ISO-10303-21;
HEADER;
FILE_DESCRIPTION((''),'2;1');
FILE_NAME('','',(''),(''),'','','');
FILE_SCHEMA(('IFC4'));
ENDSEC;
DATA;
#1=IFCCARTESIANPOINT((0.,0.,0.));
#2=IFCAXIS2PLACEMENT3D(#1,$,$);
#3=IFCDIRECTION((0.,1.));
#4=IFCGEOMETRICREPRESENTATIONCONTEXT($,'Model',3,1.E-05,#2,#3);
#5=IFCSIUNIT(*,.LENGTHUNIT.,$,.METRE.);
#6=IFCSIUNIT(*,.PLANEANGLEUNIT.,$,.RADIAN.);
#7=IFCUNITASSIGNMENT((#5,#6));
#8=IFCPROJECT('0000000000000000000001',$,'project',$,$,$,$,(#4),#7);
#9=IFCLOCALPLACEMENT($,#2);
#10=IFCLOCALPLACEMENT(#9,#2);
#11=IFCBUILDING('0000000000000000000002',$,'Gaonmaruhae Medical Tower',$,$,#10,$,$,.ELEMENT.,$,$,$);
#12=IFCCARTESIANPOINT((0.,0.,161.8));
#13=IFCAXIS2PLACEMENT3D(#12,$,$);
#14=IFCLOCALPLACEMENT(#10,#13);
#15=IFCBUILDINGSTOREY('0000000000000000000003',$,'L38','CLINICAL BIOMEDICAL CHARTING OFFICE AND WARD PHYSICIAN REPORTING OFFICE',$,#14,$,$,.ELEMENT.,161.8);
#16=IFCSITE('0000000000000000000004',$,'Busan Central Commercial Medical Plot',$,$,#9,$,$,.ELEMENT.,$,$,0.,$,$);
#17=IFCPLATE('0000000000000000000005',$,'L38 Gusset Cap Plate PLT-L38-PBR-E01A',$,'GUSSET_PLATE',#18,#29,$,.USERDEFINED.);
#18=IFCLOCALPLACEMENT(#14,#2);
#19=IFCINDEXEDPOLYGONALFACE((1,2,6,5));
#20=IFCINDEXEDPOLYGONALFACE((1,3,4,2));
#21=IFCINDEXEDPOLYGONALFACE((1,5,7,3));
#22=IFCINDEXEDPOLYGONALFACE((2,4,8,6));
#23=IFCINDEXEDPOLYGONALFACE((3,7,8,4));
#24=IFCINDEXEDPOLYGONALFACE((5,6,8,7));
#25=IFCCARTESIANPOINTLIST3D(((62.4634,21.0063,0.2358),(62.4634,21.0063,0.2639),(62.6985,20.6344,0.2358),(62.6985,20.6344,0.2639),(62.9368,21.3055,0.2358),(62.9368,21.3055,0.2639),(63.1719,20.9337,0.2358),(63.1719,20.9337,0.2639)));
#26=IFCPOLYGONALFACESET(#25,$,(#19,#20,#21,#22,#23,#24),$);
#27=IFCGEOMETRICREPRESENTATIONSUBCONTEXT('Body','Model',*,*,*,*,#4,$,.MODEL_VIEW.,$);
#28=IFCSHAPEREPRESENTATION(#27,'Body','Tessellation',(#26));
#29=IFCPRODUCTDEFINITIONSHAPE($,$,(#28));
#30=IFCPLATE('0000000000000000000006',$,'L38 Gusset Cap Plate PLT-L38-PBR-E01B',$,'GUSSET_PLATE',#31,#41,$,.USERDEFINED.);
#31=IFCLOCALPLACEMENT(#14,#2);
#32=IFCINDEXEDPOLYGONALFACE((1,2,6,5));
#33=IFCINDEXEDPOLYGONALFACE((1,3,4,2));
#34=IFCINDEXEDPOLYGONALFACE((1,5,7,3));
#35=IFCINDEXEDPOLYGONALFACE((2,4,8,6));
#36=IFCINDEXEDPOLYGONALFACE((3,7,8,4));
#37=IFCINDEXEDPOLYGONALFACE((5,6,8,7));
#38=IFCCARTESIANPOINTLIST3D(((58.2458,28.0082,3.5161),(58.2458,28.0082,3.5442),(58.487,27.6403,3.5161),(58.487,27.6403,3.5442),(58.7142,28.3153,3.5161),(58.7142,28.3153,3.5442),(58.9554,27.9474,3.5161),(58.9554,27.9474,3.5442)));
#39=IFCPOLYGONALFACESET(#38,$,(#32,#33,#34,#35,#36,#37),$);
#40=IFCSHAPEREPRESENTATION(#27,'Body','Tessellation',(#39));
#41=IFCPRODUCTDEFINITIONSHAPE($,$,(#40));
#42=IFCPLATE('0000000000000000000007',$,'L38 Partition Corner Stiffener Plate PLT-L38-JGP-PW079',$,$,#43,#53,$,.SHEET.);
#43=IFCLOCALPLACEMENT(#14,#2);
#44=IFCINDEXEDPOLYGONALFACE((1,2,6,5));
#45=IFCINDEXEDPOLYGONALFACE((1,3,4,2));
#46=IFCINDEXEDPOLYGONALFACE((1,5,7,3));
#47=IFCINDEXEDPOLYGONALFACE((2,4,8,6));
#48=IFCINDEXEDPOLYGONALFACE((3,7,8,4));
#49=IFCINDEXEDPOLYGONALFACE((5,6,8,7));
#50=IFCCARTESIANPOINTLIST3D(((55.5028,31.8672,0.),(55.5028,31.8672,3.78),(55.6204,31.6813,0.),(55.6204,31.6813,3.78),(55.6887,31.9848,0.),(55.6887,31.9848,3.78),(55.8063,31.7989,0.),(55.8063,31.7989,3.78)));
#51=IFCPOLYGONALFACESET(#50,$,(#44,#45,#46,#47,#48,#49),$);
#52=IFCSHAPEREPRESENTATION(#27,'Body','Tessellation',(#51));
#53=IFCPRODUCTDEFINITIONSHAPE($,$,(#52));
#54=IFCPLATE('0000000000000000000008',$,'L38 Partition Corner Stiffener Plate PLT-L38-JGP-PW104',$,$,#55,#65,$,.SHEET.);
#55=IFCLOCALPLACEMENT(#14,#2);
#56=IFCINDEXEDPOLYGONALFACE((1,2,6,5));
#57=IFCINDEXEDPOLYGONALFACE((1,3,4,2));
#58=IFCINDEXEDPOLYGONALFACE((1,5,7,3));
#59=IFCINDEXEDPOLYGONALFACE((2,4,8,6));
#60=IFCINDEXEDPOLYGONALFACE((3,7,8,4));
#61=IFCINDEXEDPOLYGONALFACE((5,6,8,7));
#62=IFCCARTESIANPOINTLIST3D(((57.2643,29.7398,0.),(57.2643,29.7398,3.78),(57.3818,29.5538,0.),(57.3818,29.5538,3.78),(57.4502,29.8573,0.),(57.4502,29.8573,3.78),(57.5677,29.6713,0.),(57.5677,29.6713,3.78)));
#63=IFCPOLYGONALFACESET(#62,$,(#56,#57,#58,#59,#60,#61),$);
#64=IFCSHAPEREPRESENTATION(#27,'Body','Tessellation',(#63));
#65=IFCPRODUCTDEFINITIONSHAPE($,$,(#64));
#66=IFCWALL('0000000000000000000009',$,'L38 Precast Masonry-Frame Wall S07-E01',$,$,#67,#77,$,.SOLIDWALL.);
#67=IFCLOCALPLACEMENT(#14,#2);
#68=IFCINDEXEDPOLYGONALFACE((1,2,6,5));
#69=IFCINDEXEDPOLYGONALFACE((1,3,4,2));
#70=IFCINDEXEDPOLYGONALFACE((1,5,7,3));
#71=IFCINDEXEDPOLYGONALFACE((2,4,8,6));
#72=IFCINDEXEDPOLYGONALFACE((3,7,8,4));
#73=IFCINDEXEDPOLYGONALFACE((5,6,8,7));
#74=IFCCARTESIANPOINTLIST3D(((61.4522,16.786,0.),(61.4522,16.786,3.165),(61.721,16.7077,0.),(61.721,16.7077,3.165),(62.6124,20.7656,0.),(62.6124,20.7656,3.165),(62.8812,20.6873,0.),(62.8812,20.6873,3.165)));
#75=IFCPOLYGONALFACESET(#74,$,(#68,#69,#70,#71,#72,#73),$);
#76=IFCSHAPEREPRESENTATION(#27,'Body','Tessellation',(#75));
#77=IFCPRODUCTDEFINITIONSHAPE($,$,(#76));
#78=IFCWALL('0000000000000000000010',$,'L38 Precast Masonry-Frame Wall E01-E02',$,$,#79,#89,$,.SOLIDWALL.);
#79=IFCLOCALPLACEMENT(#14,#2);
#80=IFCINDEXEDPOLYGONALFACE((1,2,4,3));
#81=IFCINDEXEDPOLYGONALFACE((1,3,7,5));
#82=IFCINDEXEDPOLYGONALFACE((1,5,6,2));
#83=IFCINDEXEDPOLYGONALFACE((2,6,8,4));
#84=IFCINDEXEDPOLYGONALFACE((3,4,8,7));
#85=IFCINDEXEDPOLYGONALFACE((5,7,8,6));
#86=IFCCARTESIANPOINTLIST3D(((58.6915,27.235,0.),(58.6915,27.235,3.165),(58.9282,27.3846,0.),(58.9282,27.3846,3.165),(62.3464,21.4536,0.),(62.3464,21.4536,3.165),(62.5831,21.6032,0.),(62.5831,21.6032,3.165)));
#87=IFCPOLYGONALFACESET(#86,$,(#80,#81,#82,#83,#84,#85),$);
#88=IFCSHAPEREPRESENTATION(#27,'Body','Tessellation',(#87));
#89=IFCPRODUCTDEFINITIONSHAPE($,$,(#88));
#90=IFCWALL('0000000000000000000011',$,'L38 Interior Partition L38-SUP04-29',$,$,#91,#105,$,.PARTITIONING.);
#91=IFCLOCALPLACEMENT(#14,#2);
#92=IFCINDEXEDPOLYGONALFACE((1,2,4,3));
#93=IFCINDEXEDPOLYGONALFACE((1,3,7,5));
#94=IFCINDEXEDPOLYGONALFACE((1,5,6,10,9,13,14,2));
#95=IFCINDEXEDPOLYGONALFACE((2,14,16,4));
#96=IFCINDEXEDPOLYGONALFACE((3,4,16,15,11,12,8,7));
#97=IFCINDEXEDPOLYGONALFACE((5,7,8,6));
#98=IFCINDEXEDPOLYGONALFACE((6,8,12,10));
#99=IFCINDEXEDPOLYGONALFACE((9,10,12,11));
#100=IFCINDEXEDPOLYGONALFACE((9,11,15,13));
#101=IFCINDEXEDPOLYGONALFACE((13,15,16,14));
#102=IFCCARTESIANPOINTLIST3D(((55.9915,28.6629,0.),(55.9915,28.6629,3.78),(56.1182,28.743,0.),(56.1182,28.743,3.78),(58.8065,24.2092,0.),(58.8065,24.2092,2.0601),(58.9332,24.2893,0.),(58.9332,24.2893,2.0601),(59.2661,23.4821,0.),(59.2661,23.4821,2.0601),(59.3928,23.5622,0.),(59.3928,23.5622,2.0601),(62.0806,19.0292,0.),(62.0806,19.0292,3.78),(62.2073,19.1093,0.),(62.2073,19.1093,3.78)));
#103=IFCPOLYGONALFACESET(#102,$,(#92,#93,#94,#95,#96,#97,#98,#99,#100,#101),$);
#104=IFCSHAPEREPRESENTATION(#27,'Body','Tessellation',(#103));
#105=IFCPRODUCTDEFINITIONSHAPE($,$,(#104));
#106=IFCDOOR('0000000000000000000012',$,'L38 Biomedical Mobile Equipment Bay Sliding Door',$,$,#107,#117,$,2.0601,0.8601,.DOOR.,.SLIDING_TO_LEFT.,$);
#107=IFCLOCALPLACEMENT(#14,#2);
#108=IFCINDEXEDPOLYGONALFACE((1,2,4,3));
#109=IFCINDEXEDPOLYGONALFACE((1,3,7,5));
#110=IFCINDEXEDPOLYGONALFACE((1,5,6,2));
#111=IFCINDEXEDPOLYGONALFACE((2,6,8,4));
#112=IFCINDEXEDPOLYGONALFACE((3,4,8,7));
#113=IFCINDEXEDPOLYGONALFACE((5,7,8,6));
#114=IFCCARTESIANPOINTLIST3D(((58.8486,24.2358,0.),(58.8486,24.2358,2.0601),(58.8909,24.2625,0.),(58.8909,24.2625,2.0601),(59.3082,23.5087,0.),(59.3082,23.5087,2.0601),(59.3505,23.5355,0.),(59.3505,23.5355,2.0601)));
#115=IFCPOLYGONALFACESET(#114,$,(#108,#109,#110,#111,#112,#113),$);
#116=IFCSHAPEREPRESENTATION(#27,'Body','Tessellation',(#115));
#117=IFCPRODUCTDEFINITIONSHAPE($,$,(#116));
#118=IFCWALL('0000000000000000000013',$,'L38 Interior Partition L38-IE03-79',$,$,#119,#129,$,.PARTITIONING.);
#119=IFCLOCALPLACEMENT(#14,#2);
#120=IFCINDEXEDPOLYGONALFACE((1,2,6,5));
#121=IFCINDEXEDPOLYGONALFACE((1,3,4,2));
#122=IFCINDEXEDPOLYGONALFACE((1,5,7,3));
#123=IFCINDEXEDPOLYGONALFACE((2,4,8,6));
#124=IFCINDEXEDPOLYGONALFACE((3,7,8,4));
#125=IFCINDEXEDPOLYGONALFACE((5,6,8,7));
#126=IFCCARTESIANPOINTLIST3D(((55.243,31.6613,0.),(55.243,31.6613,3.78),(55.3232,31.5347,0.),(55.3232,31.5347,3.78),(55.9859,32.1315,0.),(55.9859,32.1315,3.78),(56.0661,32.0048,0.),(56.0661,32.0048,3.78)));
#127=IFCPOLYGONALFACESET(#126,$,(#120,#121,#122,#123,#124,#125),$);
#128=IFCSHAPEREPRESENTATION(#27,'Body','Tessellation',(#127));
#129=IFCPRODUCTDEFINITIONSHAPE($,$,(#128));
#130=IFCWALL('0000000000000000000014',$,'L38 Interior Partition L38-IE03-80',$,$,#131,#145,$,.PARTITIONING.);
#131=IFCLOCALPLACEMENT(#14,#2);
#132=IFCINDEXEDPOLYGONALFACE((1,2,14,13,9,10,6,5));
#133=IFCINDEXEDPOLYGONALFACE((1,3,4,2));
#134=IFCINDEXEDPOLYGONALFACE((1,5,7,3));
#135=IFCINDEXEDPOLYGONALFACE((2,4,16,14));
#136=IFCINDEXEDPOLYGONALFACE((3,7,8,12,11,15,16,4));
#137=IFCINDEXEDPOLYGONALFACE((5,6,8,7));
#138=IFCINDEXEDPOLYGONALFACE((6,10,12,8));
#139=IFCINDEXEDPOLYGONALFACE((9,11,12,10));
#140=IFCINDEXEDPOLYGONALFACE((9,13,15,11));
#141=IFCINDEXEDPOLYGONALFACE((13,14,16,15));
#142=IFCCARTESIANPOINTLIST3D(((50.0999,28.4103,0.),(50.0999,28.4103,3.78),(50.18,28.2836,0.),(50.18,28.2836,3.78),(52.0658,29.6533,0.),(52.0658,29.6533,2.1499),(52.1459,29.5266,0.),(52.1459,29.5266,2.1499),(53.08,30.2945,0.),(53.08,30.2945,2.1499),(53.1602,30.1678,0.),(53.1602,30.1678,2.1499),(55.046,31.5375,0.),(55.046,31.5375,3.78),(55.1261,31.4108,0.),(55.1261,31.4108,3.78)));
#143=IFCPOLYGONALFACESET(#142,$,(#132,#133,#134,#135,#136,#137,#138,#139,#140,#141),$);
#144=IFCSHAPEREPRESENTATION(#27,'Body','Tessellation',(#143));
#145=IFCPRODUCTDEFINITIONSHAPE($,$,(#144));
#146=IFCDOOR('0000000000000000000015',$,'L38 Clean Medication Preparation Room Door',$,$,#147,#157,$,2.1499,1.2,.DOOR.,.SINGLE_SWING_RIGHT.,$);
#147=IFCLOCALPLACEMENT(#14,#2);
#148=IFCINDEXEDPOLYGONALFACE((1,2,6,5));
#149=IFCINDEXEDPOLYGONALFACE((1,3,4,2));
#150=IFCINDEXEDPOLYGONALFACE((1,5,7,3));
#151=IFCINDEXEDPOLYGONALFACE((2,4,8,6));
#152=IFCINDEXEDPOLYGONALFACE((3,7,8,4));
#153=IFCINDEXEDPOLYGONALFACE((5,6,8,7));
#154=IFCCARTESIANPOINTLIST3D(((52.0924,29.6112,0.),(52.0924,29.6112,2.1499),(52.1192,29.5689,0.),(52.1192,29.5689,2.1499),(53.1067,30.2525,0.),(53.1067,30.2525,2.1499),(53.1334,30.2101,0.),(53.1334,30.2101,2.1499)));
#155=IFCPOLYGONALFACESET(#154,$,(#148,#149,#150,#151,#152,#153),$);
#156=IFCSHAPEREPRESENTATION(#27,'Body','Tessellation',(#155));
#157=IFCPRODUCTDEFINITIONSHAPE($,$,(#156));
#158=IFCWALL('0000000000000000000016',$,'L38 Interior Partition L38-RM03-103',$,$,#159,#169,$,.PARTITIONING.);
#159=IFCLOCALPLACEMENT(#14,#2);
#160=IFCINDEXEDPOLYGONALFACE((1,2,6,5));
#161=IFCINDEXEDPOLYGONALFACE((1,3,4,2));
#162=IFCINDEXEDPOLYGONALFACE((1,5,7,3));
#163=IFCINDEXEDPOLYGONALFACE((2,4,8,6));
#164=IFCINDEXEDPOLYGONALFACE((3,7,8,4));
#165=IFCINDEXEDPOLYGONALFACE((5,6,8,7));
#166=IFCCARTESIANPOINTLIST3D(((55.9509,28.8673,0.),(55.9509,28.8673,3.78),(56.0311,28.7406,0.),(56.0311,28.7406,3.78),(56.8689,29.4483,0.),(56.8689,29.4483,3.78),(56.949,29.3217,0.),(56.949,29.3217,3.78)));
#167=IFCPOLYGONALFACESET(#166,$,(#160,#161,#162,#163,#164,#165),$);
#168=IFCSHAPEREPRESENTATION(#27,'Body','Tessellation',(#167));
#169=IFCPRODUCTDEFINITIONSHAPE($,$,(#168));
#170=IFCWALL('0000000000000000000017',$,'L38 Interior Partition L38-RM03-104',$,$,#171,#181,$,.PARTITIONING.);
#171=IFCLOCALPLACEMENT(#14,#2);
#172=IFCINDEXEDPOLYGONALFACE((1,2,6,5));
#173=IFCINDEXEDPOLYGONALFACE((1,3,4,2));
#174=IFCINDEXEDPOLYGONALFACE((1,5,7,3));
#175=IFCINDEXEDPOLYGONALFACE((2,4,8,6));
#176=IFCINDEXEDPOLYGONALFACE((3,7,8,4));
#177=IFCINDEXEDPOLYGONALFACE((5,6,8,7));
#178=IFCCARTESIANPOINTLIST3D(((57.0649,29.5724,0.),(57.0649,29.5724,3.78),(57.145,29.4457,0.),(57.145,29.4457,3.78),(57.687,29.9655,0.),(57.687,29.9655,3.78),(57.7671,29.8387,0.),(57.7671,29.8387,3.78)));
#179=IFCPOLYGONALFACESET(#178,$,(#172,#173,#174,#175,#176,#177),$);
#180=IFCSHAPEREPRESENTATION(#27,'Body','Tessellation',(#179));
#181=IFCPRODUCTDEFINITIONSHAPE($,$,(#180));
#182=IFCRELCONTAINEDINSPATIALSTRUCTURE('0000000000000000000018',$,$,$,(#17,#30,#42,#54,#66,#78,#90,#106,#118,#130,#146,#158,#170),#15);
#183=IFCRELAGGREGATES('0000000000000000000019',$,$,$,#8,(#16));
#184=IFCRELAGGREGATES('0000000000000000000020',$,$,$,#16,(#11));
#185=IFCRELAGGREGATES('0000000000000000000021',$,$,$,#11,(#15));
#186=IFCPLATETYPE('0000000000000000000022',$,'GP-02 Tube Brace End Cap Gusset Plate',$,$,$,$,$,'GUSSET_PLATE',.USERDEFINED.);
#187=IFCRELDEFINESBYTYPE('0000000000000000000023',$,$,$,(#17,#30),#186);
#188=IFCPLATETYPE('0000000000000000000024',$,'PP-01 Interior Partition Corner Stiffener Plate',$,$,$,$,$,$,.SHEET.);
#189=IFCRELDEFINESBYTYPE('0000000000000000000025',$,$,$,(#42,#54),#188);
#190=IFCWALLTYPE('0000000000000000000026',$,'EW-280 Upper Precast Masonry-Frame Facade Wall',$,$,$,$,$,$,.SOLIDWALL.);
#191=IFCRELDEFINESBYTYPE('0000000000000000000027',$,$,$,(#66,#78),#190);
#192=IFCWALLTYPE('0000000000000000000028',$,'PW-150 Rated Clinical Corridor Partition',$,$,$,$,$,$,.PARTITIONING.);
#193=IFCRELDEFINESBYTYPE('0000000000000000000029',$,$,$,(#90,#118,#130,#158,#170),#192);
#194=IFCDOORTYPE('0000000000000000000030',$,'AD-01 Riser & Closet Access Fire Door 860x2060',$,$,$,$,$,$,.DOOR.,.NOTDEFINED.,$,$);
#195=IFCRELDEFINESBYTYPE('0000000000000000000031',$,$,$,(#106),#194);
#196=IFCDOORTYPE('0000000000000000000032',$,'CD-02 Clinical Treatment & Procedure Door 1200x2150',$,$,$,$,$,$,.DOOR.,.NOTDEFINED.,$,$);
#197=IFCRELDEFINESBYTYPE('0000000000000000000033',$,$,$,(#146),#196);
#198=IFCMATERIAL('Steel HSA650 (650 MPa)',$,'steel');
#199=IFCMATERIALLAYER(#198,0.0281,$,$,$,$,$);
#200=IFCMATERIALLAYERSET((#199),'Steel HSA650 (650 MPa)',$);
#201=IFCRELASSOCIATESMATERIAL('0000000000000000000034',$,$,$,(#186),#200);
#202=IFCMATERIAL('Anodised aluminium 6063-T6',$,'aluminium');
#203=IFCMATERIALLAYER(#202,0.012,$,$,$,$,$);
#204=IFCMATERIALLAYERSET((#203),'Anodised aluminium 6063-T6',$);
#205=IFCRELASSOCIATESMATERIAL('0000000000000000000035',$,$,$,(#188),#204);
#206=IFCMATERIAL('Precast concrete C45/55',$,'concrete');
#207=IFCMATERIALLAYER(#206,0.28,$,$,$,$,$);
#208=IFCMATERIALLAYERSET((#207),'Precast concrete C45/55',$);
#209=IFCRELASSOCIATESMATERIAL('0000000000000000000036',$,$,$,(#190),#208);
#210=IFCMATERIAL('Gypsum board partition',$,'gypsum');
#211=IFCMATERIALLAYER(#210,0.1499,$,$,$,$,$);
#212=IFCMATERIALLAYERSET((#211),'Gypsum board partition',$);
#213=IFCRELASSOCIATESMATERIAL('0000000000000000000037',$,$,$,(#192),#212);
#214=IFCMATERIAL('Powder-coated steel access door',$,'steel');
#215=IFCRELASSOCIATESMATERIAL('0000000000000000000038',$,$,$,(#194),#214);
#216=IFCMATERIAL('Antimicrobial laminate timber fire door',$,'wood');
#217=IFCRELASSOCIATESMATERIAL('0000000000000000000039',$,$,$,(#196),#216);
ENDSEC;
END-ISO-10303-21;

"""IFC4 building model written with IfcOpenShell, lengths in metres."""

from ifc_helpers import new_model, si_unit, direction, frame, frame_2d, origin, origin_2d, place, context, subcontext, project, spatial, rectangle, extrude, material, layer, layer_set, type_object, element, fill, save


model = new_model("IFC4")

# Units and contexts
model_context = context("Model", 3, precision=1e-05, world=origin(), true_north=direction((0.0, 1.0)))
body_context = subcontext(model_context, "Body", "Model", "MODEL_VIEW")
ifc_project = project(units=[si_unit("LENGTHUNIT", "METRE"), si_unit("PLANEANGLEUNIT", "RADIAN")], contexts=[model_context])

# Site, building, storey
site_placement = place(None, origin())
site = spatial("IfcSite", under=ifc_project, at=site_placement, Name="Busan Central Commercial Medical Plot", CompositionType="ELEMENT", RefElevation=0.0)
building_placement = place(site_placement, origin())
building = spatial("IfcBuilding", under=site, at=building_placement, Name="Gaonmaruhae Medical Tower", CompositionType="ELEMENT")
storey_placement = place(building_placement, frame((0.0, 0.0, 161.8)))
storey = spatial("IfcBuildingStorey", under=building, at=storey_placement, Name="L38", Description="CLINICAL BIOMEDICAL CHARTING OFFICE AND WARD PHYSICIAN REPORTING OFFICE", CompositionType="ELEMENT", Elevation=161.8)

# Plates
ifc_material_1 = material(Name="Steel HSA650 (650 MPa)", Category="steel")
ifc_layer_1 = layer(ifc_material_1, 0.0281)
ifc_layer_set_1 = layer_set([ifc_layer_1], Name="Steel HSA650 (650 MPa)")
plate_type_1 = type_object("IfcPlateType", Name="GP-02 Tube Brace End Cap Gusset Plate", ElementType="GUSSET_PLATE", PredefinedType="USERDEFINED", material=ifc_layer_set_1)
for number, where, z_axis, x_axis, name in (
    (1, (62.8176, 20.97, 0.2358), (0.0, 0.0, 1.0), (0.845262, 0.534352, 0.0), "L38 Gusset Cap Plate PLT-L38-PBR-E01A"),
    (2, (58.6006, 27.9778, 3.5161), (0.0, 0.0, 1.0), (0.836286, 0.548293, 0.0), "L38 Gusset Cap Plate PLT-L38-PBR-E01B"),
):
    element("IfcPlate", number, at=place(storey_placement, frame(where, z_axis=z_axis, x_axis=x_axis)), inside=storey, type_object=plate_type_1, Name=name, ObjectType="GUSSET_PLATE", PredefinedType="USERDEFINED", context=body_context, shape_type="SweptSolid", body=[
        extrude(rectangle(XDim=0.5601, YDim=0.4399, at=origin_2d()), origin(), (0.0, 0.0, 1.0), 0.0281),
    ])
ifc_material_2 = material(Name="Anodised aluminium 6063-T6", Category="aluminium")
ifc_layer_2 = layer(ifc_material_2, 0.012)
ifc_layer_set_2 = layer_set([ifc_layer_2], Name="Anodised aluminium 6063-T6")
plate_type_2 = type_object("IfcPlateType", Name="PP-01 Interior Partition Corner Stiffener Plate", PredefinedType="SHEET", material=ifc_layer_set_2)
for number, where, z_axis, x_axis, name in (
    (3, (55.6545, 31.833, 0.0), (0.0, 0.0, 1.0), (-0.845113, -0.534588, 0.0), "L38 Partition Corner Stiffener Plate PLT-L38-JGP-PW079"),
    (4, (57.416, 29.7056, 0.0), (0.0, 0.0, 1.0), (0.845392, 0.534146, 0.0), "L38 Partition Corner Stiffener Plate PLT-L38-JGP-PW104"),
):
    element("IfcPlate", number, at=place(storey_placement, frame(where, z_axis=z_axis, x_axis=x_axis)), inside=storey, type_object=plate_type_2, Name=name, PredefinedType="SHEET", context=body_context, shape_type="SweptSolid", body=[
        extrude(rectangle(XDim=0.22, YDim=0.22, at=origin_2d()), origin(), (0.0, 0.0, 1.0), 3.78),
    ])

# Walls
ifc_material_3 = material(Name="Precast concrete C45/55", Category="concrete")
ifc_layer_3 = layer(ifc_material_3, 0.28)
ifc_layer_set_3 = layer_set([ifc_layer_3], Name="Precast concrete C45/55")
wall_type_1 = type_object("IfcWallType", Name="EW-280 Upper Precast Masonry-Frame Facade Wall", PredefinedType="SOLIDWALL", material=ifc_layer_set_3)
wall_1_placement = place(storey_placement, frame((62.7468, 20.7266, 0.0), z_axis=(0.0, 0.0, 1.0), x_axis=(-0.279882, -0.960034, 0.0)))
element("IfcWall", 5, at=wall_1_placement, inside=storey, type_object=wall_type_1, Name="L38 Precast Masonry-Frame Wall S07-E01", PredefinedType="SOLIDWALL", context=body_context, shape_type="SweptSolid", body=[
    extrude(rectangle(XDim=4.1453, YDim=0.28, at=frame_2d((2.0728, 0.0))), origin(), (0.0, 0.0, 1.0), 3.165),
])
wall_2_placement = place(storey_placement, frame((58.8098, 27.3098, 0.0), z_axis=(0.0, 0.0, 1.0), x_axis=(0.534365, -0.845254, 0.0)))
element("IfcWall", 6, at=wall_2_placement, inside=storey, type_object=wall_type_1, Name="L38 Precast Masonry-Frame Wall E01-E02", PredefinedType="SOLIDWALL", context=body_context, shape_type="SweptSolid", body=[
    extrude(rectangle(XDim=6.8398, YDim=0.28, at=frame_2d((3.4199, 0.0))), origin(), (0.0, 0.0, 1.0), 3.165),
])

# Wall, opening, door
ifc_material_4 = material(Name="Gypsum board partition", Category="gypsum")
ifc_layer_4 = layer(ifc_material_4, 0.1499)
ifc_layer_set_4 = layer_set([ifc_layer_4], Name="Gypsum board partition")
wall_type_2 = type_object("IfcWallType", Name="PW-150 Rated Clinical Corridor Partition", PredefinedType="PARTITIONING", material=ifc_layer_set_4)
wall_3_placement = place(storey_placement, frame((56.0549, 28.7029, 0.0), z_axis=(0.0, 0.0, 1.0), x_axis=(0.534282, -0.845306, 0.0)))
wall_3 = element("IfcWall", 7, at=wall_3_placement, inside=storey, type_object=wall_type_2, Name="L38 Interior Partition L38-SUP04-29", PredefinedType="PARTITIONING", context=body_context, shape_type="SweptSolid", body=[
    extrude(rectangle(XDim=11.3967, YDim=0.1499, at=frame_2d((5.6982, 0.0))), origin(), (0.0, 0.0, 1.0), 3.78),
])
opening_1_placement = place(wall_3_placement, frame((5.2686, 0.0, 0.0)))
opening_1 = element("IfcOpeningElement", 8, at=opening_1_placement, cuts=wall_3, PredefinedType="OPENING", context=body_context, shape_type="SweptSolid", body=[
    extrude(rectangle(XDim=0.8601, YDim=2.0601, at=frame_2d((0.4302, 1.03))), frame((0.0, 0.085, 0.0), z_axis=(0.0, -1.0, 0.0), x_axis=(1.0, 0.0, 0.0)), (0.0, 0.0, 1.0), 0.1699),
])
ifc_material_5 = material(Name="Powder-coated steel access door", Category="steel")
door_type_1 = type_object("IfcDoorType", Name="AD-01 Riser & Closet Access Fire Door 860x2060", OperationType="NOTDEFINED", PredefinedType="DOOR", material=ifc_material_5)
door_1_placement = place(opening_1_placement, origin())
door_1 = element("IfcDoor", 9, at=door_1_placement, inside=storey, type_object=door_type_1, Name="L38 Biomedical Mobile Equipment Bay Sliding Door", OperationType="SLIDING_TO_LEFT", OverallHeight=2.0601, OverallWidth=0.8601, PredefinedType="DOOR", context=body_context, shape_type="SweptSolid", body=[
    extrude(rectangle(XDim=0.8601, YDim=2.0601, at=frame_2d((0.4302, 1.03))), frame((0.0, 0.0249, 0.0), z_axis=(0.0, -1.0, 0.0), x_axis=(1.0, 0.0, 0.0)), (0.0, 0.0, 1.0), 0.05),
])
fill(opening_1, door_1)

# Wall
wall_4_placement = place(storey_placement, frame((56.0259, 32.0681, 0.0), z_axis=(0.0, 0.0, 1.0), x_axis=(-0.844974, -0.534808, 0.0)))
element("IfcWall", 10, at=wall_4_placement, inside=storey, type_object=wall_type_2, Name="L38 Interior Partition L38-IE03-79", PredefinedType="PARTITIONING", context=body_context, shape_type="SweptSolid", body=[
    extrude(rectangle(XDim=0.8792, YDim=0.1499, at=frame_2d((0.4395, 0.0))), origin(), (0.0, 0.0, 1.0), 3.78),
])

# Wall, opening, door
wall_5_placement = place(storey_placement, frame((55.0859, 31.4741, 0.0), z_axis=(0.0, 0.0, 1.0), x_axis=(-0.845228, -0.534406, 0.0)))
wall_5 = element("IfcWall", 11, at=wall_5_placement, inside=storey, type_object=wall_type_2, Name="L38 Interior Partition L38-IE03-80", PredefinedType="PARTITIONING", context=body_context, shape_type="SweptSolid", body=[
    extrude(rectangle(XDim=5.8518, YDim=0.1499, at=frame_2d((2.9258, 0.0))), origin(), (0.0, 0.0, 1.0), 3.78),
])
opening_2_placement = place(wall_5_placement, frame((2.3257, 0.0, 0.0)))
opening_2 = element("IfcOpeningElement", 12, at=opening_2_placement, cuts=wall_5, PredefinedType="OPENING", context=body_context, shape_type="SweptSolid", body=[
    extrude(rectangle(XDim=1.2, YDim=2.1499, at=frame_2d((0.6001, 1.075))), frame((0.0, 0.085, 0.0), z_axis=(0.0, -1.0, 0.0), x_axis=(1.0, 0.0, 0.0)), (0.0, 0.0, 1.0), 0.1699),
])
ifc_material_6 = material(Name="Antimicrobial laminate timber fire door", Category="wood")
door_type_2 = type_object("IfcDoorType", Name="CD-02 Clinical Treatment & Procedure Door 1200x2150", OperationType="NOTDEFINED", PredefinedType="DOOR", material=ifc_material_6)
door_2_placement = place(opening_2_placement, origin())
door_2 = element("IfcDoor", 13, at=door_2_placement, inside=storey, type_object=door_type_2, Name="L38 Clean Medication Preparation Room Door", OperationType="SINGLE_SWING_RIGHT", OverallHeight=2.1499, OverallWidth=1.2, PredefinedType="DOOR", context=body_context, shape_type="SweptSolid", body=[
    extrude(rectangle(XDim=1.2, YDim=2.1499, at=frame_2d((0.6001, 1.075))), frame((0.0, 0.0249, 0.0), z_axis=(0.0, -1.0, 0.0), x_axis=(1.0, 0.0, 0.0)), (0.0, 0.0, 1.0), 0.05),
])
fill(opening_2, door_2)

# Walls
wall_6_placement = place(storey_placement, frame((55.991, 28.804, 0.0), z_axis=(0.0, 0.0, 1.0), x_axis=(0.844954, 0.534838, 0.0)))
element("IfcWall", 14, at=wall_6_placement, inside=storey, type_object=wall_type_2, Name="L38 Interior Partition L38-RM03-103", PredefinedType="PARTITIONING", context=body_context, shape_type="SweptSolid", body=[
    extrude(rectangle(XDim=1.0864, YDim=0.1499, at=frame_2d((0.5432, 0.0))), origin(), (0.0, 0.0, 1.0), 3.78),
])
wall_7_placement = place(storey_placement, frame((57.105, 29.509, 0.0), z_axis=(0.0, 0.0, 1.0), x_axis=(0.845379, 0.534168, 0.0)))
element("IfcWall", 15, at=wall_7_placement, inside=storey, type_object=wall_type_2, Name="L38 Interior Partition L38-RM03-104", PredefinedType="PARTITIONING", context=body_context, shape_type="SweptSolid", body=[
    extrude(rectangle(XDim=0.7358, YDim=0.1499, at=frame_2d((0.3679, 0.0))), origin(), (0.0, 0.0, 1.0), 3.78),
])

save(model, "model.ifc")
